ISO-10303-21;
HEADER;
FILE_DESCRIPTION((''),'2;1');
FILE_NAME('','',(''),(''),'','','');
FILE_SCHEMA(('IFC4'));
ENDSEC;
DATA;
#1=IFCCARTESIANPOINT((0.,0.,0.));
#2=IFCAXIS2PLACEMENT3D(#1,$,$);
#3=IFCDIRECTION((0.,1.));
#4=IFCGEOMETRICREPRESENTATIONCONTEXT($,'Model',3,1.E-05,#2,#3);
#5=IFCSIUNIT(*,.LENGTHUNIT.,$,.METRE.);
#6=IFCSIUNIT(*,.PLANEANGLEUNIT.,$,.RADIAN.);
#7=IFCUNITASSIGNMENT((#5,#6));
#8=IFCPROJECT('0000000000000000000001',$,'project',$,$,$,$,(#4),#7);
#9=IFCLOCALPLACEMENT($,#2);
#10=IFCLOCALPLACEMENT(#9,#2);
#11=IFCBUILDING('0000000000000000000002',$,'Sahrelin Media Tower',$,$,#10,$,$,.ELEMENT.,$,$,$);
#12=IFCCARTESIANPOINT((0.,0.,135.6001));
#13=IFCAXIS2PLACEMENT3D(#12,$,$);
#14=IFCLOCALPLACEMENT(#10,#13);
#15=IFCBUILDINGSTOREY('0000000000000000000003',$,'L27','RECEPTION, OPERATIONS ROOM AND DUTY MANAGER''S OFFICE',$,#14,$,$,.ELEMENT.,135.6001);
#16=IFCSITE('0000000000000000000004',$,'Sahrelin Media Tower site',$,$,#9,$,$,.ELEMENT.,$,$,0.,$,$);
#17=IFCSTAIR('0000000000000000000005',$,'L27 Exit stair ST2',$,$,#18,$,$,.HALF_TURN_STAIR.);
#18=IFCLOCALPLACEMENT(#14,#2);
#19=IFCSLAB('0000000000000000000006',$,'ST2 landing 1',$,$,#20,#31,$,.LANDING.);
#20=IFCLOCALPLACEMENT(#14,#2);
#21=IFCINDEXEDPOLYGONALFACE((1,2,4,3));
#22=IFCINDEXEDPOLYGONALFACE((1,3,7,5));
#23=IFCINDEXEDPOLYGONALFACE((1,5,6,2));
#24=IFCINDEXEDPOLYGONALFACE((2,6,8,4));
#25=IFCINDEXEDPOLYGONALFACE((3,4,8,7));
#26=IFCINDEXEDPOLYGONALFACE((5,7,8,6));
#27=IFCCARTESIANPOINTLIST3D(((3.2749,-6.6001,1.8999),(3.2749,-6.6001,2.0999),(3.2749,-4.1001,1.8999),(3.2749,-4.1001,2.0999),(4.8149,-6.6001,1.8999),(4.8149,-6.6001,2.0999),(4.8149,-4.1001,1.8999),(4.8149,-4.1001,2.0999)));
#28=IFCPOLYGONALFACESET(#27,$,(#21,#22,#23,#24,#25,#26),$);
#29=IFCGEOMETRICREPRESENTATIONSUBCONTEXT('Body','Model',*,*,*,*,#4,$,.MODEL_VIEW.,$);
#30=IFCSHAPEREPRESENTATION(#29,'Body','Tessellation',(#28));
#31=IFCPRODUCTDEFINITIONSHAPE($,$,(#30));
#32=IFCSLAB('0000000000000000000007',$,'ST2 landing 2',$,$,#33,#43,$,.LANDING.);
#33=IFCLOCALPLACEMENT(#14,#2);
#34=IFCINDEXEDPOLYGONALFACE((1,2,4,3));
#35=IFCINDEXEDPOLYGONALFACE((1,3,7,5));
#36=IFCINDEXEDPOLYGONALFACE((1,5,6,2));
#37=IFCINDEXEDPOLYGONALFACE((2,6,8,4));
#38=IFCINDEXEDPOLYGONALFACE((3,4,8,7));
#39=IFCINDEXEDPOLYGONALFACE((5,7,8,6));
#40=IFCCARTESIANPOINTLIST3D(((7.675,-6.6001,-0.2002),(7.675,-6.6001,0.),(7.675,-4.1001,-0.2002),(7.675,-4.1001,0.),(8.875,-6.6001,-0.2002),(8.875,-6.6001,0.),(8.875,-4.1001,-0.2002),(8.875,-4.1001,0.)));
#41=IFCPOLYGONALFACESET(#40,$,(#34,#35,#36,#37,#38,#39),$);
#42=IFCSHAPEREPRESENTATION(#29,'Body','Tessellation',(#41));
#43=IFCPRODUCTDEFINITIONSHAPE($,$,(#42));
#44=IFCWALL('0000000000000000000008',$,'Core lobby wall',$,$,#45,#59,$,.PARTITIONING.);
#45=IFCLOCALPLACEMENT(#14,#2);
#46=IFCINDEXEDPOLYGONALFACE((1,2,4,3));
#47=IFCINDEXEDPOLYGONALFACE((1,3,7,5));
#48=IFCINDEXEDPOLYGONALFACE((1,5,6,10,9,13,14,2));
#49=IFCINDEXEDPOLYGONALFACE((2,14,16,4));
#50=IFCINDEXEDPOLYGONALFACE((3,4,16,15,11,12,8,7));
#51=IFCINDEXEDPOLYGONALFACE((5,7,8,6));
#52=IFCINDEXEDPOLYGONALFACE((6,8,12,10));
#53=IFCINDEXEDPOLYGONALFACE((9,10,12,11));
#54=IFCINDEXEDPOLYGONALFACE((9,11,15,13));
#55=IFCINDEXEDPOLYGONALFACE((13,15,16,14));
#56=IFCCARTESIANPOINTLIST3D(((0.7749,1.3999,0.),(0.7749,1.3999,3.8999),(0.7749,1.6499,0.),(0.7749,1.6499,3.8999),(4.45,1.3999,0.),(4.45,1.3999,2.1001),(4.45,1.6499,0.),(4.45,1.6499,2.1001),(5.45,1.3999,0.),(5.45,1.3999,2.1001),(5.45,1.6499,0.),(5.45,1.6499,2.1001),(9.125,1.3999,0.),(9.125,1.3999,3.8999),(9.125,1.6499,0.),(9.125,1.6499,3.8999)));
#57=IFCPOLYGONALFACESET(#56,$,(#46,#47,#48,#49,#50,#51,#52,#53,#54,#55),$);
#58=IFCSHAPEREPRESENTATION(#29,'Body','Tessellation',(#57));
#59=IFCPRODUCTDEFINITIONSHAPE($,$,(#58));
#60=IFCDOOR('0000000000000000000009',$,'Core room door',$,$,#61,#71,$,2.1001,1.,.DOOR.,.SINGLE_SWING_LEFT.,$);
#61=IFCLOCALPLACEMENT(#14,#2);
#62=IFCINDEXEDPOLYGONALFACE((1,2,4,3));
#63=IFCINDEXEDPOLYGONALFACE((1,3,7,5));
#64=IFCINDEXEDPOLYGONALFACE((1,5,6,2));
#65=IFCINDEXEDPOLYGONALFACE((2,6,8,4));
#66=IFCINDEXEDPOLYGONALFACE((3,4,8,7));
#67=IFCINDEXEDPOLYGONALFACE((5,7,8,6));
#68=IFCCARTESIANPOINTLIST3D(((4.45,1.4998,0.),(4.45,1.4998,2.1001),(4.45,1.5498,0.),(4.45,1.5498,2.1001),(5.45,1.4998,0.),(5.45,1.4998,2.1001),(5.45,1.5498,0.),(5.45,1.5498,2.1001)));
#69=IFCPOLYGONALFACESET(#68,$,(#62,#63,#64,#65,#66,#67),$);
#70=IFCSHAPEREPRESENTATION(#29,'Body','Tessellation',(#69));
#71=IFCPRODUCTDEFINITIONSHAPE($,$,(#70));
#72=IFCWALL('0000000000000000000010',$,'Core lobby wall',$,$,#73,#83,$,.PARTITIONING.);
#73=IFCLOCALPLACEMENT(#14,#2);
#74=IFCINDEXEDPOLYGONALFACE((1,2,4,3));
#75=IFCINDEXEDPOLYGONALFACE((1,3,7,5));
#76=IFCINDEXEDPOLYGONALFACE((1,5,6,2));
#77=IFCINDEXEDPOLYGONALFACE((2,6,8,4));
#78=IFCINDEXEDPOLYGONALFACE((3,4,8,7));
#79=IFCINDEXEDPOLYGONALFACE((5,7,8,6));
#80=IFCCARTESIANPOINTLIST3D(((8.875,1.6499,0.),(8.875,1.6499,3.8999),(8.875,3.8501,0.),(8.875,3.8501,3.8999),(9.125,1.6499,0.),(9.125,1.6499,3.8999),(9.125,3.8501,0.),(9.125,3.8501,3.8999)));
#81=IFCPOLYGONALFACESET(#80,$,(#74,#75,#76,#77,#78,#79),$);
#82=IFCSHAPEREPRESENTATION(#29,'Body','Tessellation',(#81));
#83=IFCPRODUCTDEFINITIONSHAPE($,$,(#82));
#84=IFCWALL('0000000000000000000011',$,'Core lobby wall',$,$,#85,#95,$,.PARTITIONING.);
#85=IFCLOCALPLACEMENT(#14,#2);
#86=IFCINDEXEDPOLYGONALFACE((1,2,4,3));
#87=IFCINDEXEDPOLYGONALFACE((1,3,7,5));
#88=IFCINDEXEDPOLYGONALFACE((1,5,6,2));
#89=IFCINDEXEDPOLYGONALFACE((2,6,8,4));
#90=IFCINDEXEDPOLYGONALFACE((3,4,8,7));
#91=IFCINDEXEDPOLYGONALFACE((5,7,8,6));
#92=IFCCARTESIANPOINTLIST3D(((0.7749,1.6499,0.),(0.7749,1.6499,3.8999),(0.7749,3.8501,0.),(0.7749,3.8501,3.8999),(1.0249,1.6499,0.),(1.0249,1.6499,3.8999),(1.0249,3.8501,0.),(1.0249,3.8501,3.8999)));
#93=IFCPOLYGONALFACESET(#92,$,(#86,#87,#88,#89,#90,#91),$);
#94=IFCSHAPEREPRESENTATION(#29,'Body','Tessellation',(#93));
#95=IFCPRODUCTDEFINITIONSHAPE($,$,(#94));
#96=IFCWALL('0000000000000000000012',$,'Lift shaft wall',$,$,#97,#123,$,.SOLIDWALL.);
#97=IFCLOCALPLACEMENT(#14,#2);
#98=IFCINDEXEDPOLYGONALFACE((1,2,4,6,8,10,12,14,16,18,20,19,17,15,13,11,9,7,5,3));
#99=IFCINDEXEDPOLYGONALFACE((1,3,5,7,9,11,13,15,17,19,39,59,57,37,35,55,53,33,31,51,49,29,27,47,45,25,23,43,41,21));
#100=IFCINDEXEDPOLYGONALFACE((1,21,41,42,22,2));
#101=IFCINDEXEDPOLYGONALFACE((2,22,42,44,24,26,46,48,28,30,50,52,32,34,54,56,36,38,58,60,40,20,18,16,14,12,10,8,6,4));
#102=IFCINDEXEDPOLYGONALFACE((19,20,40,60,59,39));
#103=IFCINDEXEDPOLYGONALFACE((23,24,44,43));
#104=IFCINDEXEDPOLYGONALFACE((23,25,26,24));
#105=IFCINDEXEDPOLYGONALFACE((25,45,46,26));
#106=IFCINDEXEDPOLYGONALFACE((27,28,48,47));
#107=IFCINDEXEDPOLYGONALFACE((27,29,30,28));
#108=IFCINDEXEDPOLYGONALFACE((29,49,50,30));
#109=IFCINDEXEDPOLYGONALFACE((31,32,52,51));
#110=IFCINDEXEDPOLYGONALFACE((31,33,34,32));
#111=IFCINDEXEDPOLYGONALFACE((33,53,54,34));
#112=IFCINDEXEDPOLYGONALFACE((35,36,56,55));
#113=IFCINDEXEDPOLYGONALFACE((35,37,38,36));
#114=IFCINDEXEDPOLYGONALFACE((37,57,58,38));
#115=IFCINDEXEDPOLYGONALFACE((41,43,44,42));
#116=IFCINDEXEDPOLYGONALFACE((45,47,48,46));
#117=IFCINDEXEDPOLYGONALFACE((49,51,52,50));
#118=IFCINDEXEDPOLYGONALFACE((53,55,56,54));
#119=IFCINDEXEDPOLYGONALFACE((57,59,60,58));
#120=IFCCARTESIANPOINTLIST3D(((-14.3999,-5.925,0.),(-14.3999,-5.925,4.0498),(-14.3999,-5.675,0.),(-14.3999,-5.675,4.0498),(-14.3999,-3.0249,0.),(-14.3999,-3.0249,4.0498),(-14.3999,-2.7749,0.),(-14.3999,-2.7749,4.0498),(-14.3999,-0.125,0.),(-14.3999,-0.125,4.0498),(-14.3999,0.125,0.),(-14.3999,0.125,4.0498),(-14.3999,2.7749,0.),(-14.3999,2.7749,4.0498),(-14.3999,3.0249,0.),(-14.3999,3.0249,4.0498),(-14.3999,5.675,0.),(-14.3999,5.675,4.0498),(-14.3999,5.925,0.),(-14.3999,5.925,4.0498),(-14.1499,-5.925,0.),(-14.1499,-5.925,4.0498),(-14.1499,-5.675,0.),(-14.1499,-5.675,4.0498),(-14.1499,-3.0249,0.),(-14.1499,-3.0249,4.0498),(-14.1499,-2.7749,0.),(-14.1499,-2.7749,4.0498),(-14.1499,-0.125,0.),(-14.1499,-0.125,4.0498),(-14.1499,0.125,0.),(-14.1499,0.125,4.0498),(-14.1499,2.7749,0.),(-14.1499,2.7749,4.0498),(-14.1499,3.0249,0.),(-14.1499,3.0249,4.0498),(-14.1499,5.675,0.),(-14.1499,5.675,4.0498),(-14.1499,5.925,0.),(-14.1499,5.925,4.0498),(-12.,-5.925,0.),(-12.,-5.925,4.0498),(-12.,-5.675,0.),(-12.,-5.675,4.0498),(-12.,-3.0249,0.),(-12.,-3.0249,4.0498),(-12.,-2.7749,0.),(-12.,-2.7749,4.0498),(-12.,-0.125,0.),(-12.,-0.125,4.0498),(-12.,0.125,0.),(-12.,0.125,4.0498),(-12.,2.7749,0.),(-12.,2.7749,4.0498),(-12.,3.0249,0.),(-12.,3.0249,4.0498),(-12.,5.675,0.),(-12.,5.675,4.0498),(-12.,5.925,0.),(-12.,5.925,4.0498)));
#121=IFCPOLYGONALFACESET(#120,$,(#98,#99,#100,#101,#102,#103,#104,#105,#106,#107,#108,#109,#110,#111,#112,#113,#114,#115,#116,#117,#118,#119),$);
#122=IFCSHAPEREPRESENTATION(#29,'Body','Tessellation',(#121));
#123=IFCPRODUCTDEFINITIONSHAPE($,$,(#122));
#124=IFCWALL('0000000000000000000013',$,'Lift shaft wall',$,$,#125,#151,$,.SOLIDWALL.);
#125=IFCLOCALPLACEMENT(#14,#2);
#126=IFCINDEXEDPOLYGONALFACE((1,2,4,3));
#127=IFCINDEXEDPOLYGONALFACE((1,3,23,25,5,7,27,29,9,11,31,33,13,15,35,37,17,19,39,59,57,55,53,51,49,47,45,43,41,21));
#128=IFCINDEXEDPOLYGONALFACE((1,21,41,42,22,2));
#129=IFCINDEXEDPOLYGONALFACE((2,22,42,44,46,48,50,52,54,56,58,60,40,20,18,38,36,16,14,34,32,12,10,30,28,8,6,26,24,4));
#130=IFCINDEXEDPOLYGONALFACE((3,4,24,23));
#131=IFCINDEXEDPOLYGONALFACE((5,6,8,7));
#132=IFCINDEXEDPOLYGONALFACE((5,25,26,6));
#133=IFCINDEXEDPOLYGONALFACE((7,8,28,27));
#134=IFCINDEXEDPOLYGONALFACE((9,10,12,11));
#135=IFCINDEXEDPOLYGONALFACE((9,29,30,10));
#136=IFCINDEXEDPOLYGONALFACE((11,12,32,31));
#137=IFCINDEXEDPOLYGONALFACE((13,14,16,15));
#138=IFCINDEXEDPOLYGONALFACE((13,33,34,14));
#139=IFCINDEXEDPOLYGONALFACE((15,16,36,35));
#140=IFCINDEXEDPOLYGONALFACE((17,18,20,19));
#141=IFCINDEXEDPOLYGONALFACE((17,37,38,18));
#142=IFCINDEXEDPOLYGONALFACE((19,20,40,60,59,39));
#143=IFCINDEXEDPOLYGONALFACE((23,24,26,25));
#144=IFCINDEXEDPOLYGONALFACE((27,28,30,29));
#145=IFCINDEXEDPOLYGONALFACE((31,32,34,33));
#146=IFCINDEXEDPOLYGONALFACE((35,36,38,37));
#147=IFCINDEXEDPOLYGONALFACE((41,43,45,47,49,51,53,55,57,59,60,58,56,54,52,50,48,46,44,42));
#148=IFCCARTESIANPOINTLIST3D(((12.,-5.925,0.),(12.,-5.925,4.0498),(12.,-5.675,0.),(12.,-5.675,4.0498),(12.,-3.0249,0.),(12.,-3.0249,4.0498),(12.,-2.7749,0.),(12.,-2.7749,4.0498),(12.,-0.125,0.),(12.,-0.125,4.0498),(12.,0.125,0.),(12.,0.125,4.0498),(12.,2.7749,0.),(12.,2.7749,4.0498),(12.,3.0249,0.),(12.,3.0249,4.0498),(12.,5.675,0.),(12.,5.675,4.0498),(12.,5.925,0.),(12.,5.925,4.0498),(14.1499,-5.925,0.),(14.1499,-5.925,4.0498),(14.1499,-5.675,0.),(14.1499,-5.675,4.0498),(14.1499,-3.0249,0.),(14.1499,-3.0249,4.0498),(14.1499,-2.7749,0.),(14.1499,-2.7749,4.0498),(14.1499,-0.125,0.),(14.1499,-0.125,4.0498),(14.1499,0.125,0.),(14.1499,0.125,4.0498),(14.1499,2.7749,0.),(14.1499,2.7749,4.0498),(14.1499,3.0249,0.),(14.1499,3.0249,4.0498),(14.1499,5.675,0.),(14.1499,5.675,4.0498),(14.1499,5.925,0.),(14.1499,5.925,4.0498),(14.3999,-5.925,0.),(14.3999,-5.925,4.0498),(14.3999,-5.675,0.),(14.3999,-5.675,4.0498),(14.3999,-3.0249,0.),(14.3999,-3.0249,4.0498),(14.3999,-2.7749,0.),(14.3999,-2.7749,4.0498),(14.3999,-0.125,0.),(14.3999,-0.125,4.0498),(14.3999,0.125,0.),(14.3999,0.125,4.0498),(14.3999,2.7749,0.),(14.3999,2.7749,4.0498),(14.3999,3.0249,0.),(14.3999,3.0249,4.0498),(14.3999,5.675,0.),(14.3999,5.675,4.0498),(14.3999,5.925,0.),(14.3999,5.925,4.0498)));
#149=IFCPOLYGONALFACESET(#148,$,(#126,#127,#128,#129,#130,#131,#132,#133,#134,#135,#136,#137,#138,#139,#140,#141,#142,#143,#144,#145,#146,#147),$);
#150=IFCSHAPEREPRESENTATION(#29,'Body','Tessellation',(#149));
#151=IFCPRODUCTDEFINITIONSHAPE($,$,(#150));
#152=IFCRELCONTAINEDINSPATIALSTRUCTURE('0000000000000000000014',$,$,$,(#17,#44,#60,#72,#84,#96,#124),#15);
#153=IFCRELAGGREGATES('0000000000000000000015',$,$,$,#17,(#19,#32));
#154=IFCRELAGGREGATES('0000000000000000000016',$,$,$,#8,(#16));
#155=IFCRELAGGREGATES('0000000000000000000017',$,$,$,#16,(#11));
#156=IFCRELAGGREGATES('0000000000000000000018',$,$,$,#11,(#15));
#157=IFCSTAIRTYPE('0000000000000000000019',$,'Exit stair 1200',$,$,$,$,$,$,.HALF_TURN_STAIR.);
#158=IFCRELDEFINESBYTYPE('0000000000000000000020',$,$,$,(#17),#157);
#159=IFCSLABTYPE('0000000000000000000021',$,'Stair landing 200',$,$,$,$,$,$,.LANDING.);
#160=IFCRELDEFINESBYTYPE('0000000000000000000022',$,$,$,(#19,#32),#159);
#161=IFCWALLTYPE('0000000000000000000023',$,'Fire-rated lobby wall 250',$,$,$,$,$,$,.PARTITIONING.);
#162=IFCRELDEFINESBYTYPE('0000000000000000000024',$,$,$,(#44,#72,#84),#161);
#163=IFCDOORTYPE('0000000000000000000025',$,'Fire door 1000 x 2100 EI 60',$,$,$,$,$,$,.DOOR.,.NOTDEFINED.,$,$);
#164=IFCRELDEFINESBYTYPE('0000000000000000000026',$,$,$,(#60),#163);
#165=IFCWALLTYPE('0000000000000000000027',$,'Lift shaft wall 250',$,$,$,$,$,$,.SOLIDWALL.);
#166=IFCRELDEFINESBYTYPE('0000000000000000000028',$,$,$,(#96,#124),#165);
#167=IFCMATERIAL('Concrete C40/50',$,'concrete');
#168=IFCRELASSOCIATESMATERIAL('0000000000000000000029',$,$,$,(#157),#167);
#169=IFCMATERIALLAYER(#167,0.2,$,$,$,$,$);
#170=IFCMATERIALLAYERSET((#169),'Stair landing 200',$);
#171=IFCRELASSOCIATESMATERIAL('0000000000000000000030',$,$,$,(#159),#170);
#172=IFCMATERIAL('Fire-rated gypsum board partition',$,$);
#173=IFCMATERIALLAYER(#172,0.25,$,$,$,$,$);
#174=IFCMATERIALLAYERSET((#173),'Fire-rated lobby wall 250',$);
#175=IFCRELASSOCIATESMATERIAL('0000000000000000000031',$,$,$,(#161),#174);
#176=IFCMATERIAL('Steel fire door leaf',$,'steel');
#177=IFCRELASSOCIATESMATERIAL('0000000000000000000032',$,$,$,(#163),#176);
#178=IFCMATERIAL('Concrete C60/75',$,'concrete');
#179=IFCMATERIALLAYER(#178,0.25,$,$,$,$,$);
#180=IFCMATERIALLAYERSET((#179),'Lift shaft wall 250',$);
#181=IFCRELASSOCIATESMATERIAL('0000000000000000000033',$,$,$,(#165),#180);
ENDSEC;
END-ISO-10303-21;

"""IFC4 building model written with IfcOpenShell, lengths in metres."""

from ifc_helpers import new_model, si_unit, direction, frame, frame_2d, origin, place, context, subcontext, project, spatial, polyline, rectangle, outline, extrude, material, layer, layer_set, type_object, element, fill, aggregate, save


model = new_model("IFC4")

# Units and contexts
model_context = context("Model", 3, precision=1e-05, world=origin(), true_north=direction((0.0, 1.0)))
body_context = subcontext(model_context, "Body", "Model", "MODEL_VIEW")
ifc_project = project(units=[si_unit("LENGTHUNIT", "METRE"), si_unit("PLANEANGLEUNIT", "RADIAN")], contexts=[model_context])

# Site, building, storey
site_placement = place(None, origin())
site = spatial("IfcSite", under=ifc_project, at=site_placement, Name="Sahrelin Media Tower site", CompositionType="ELEMENT", RefElevation=0.0)
building_placement = place(site_placement, origin())
building = spatial("IfcBuilding", under=site, at=building_placement, Name="Sahrelin Media Tower", CompositionType="ELEMENT")
storey_placement = place(building_placement, frame((0.0, 0.0, 135.6001)))
storey = spatial("IfcBuildingStorey", under=building, at=storey_placement, Name="L27", Description="RECEPTION, OPERATIONS ROOM AND DUTY MANAGER'S OFFICE", CompositionType="ELEMENT", Elevation=135.6001)

# Shared definitions
ifc_material_1 = material(Name="Concrete C40/50", Category="concrete")

# Shared definitions
stair_type = type_object("IfcStairType", Name="Exit stair 1200", PredefinedType="HALF_TURN_STAIR", material=ifc_material_1)
placement_1 = place(storey_placement, origin())
ifc_layer_1 = layer(ifc_material_1, 0.2)
ifc_layer_set_1 = layer_set([ifc_layer_1], Name="Stair landing 200")
slab_type_1 = type_object("IfcSlabType", Name="Stair landing 200", PredefinedType="LANDING", material=ifc_layer_set_1)
placement_2 = place(storey_placement, frame((0.0, 0.0, -0.2002)))

# Stair, slabs
stair_1 = element("IfcStair", 1, at=placement_1, inside=storey, type_object=stair_type, Name="L27 Exit stair ST2", PredefinedType="HALF_TURN_STAIR")
slab_1_placement = place(storey_placement, frame((0.0, 0.0, 1.8999)))
slab_1 = element("IfcSlab", 2, at=slab_1_placement, type_object=slab_type_1, Name="ST2 landing 1", PredefinedType="LANDING", context=body_context, shape_type="SweptSolid", body=[
    extrude(outline(polyline([(4.8149, -4.1001), (3.2749, -4.1001), (3.2749, -6.6001), (4.8149, -6.6001), (4.8149, -4.1001)])), origin(), (0.0, 0.0, 1.0), 0.2),
])
slab_2 = element("IfcSlab", 3, at=placement_2, type_object=slab_type_1, Name="ST2 landing 2", PredefinedType="LANDING", context=body_context, shape_type="SweptSolid", body=[
    extrude(outline(polyline([(8.875, -4.1001), (7.675, -4.1001), (7.675, -6.6001), (8.875, -6.6001), (8.875, -4.1001)])), origin(), (0.0, 0.0, 1.0), 0.2002),
])
aggregate(stair_1, [slab_1, slab_2])

# Wall, opening, door
ifc_material_2 = material(Name="Fire-rated gypsum board partition")
ifc_layer_2 = layer(ifc_material_2, 0.25)
ifc_layer_set_2 = layer_set([ifc_layer_2], Name="Fire-rated lobby wall 250")
wall_type_1 = type_object("IfcWallType", Name="Fire-rated lobby wall 250", PredefinedType="PARTITIONING", material=ifc_layer_set_2)
wall_1_placement = place(storey_placement, frame((0.7749, 1.5249, 0.0), z_axis=(0.0, 0.0, 1.0), x_axis=(1.0, 0.0, 0.0)))
wall_1 = element("IfcWall", 4, at=wall_1_placement, inside=storey, type_object=wall_type_1, Name="Core lobby wall", PredefinedType="PARTITIONING", context=body_context, shape_type="SweptSolid", body=[
    extrude(rectangle(XDim=8.3501, YDim=0.25, at=frame_2d((4.175, 0.0))), origin(), (0.0, 0.0, 1.0), 3.8999),
])
opening_1_placement = place(wall_1_placement, frame((3.675, 0.0, 0.0)))
opening_1 = element("IfcOpeningElement", 5, at=opening_1_placement, cuts=wall_1, PredefinedType="OPENING", context=body_context, shape_type="SweptSolid", body=[
    extrude(rectangle(XDim=1.0, YDim=2.1001, at=frame_2d((0.5, 1.05))), frame((0.0, 0.125, 0.0), z_axis=(0.0, -1.0, 0.0), x_axis=(1.0, 0.0, 0.0)), (0.0, 0.0, 1.0), 0.25),
])
ifc_material_3 = material(Name="Steel fire door leaf", Category="steel")
door_type_1 = type_object("IfcDoorType", Name="Fire door 1000 x 2100 EI 60", OperationType="NOTDEFINED", PredefinedType="DOOR", material=ifc_material_3)
door_1_placement = place(opening_1_placement, origin())
door_1 = element("IfcDoor", 6, at=door_1_placement, inside=storey, type_object=door_type_1, Name="Core room door", OperationType="SINGLE_SWING_LEFT", OverallHeight=2.1001, OverallWidth=1.0, PredefinedType="DOOR", context=body_context, shape_type="SweptSolid", body=[
    extrude(rectangle(XDim=1.0, YDim=2.1001, at=frame_2d((0.5, 1.05))), frame((0.0, 0.0249, 0.0), z_axis=(0.0, -1.0, 0.0), x_axis=(1.0, 0.0, 0.0)), (0.0, 0.0, 1.0), 0.05),
])
fill(opening_1, door_1)

# Walls
for number, where, z_axis, x_axis, name in (
    (7, (9.0, 1.6499, 0.0), (0.0, 0.0, 1.0), (0.0, 1.0, 0.0), "Core lobby wall"),
    (8, (0.8999, 1.6499, 0.0), (0.0, 0.0, 1.0), (0.0, 1.0, 0.0), "Core lobby wall"),
):
    element("IfcWall", number, at=place(storey_placement, frame(where, z_axis=z_axis, x_axis=x_axis)), inside=storey, type_object=wall_type_1, Name=name, PredefinedType="PARTITIONING", context=body_context, shape_type="SweptSolid", body=[
        extrude(rectangle(XDim=2.2002, YDim=0.25, at=frame_2d((1.1001, 0.0))), origin(), (0.0, 0.0, 1.0), 3.8999),
    ])
ifc_material_4 = material(Name="Concrete C60/75", Category="concrete")
ifc_layer_3 = layer(ifc_material_4, 0.25)
ifc_layer_set_3 = layer_set([ifc_layer_3], Name="Lift shaft wall 250")
wall_type_2 = type_object("IfcWallType", Name="Lift shaft wall 250", PredefinedType="SOLIDWALL", material=ifc_layer_set_3)
element("IfcWall", 9, at=placement_1, inside=storey, type_object=wall_type_2, Name="Lift shaft wall", PredefinedType="SOLIDWALL", context=body_context, shape_type="SweptSolid", body=[
    extrude(outline(polyline([(-12.0, -5.925), (-12.0, -5.675), (-14.1499, -5.675), (-14.1499, -3.0249), (-12.0, -3.0249), (-12.0, -2.7749), (-14.1499, -2.7749), (-14.1499, -0.125), (-12.0, -0.125), (-12.0, 0.125), (-14.1499, 0.125), (-14.1499, 2.7749), (-12.0, 2.7749), (-12.0, 3.0249), (-14.1499, 3.0249), (-14.1499, 5.675), (-12.0, 5.675), (-12.0, 5.925), (-14.1499, 5.925), (-14.3999, 5.925), (-14.3999, 5.675), (-14.3999, 3.0249), (-14.3999, 2.7749), (-14.3999, 0.125), (-14.3999, -0.125), (-14.3999, -2.7749), (-14.3999, -3.0249), (-14.3999, -5.675), (-14.3999, -5.925), (-14.1499, -5.925), (-12.0, -5.925)])), origin(), (0.0, 0.0, 1.0), 4.0498),
])
element("IfcWall", 10, at=placement_1, inside=storey, type_object=wall_type_2, Name="Lift shaft wall", PredefinedType="SOLIDWALL", context=body_context, shape_type="SweptSolid", body=[
    extrude(outline(polyline([(12.0, -5.675), (12.0, -5.925), (14.1499, -5.925), (14.3999, -5.925), (14.3999, -5.675), (14.3999, -3.0249), (14.3999, -2.7749), (14.3999, -0.125), (14.3999, 0.125), (14.3999, 2.7749), (14.3999, 3.0249), (14.3999, 5.675), (14.3999, 5.925), (14.1499, 5.925), (12.0, 5.925), (12.0, 5.675), (14.1499, 5.675), (14.1499, 3.0249), (12.0, 3.0249), (12.0, 2.7749), (14.1499, 2.7749), (14.1499, 0.125), (12.0, 0.125), (12.0, -0.125), (14.1499, -0.125), (14.1499, -2.7749), (12.0, -2.7749), (12.0, -3.0249), (14.1499, -3.0249), (14.1499, -5.675), (12.0, -5.675)])), origin(), (0.0, 0.0, 1.0), 4.0498),
])

save(model, "model.ifc")
